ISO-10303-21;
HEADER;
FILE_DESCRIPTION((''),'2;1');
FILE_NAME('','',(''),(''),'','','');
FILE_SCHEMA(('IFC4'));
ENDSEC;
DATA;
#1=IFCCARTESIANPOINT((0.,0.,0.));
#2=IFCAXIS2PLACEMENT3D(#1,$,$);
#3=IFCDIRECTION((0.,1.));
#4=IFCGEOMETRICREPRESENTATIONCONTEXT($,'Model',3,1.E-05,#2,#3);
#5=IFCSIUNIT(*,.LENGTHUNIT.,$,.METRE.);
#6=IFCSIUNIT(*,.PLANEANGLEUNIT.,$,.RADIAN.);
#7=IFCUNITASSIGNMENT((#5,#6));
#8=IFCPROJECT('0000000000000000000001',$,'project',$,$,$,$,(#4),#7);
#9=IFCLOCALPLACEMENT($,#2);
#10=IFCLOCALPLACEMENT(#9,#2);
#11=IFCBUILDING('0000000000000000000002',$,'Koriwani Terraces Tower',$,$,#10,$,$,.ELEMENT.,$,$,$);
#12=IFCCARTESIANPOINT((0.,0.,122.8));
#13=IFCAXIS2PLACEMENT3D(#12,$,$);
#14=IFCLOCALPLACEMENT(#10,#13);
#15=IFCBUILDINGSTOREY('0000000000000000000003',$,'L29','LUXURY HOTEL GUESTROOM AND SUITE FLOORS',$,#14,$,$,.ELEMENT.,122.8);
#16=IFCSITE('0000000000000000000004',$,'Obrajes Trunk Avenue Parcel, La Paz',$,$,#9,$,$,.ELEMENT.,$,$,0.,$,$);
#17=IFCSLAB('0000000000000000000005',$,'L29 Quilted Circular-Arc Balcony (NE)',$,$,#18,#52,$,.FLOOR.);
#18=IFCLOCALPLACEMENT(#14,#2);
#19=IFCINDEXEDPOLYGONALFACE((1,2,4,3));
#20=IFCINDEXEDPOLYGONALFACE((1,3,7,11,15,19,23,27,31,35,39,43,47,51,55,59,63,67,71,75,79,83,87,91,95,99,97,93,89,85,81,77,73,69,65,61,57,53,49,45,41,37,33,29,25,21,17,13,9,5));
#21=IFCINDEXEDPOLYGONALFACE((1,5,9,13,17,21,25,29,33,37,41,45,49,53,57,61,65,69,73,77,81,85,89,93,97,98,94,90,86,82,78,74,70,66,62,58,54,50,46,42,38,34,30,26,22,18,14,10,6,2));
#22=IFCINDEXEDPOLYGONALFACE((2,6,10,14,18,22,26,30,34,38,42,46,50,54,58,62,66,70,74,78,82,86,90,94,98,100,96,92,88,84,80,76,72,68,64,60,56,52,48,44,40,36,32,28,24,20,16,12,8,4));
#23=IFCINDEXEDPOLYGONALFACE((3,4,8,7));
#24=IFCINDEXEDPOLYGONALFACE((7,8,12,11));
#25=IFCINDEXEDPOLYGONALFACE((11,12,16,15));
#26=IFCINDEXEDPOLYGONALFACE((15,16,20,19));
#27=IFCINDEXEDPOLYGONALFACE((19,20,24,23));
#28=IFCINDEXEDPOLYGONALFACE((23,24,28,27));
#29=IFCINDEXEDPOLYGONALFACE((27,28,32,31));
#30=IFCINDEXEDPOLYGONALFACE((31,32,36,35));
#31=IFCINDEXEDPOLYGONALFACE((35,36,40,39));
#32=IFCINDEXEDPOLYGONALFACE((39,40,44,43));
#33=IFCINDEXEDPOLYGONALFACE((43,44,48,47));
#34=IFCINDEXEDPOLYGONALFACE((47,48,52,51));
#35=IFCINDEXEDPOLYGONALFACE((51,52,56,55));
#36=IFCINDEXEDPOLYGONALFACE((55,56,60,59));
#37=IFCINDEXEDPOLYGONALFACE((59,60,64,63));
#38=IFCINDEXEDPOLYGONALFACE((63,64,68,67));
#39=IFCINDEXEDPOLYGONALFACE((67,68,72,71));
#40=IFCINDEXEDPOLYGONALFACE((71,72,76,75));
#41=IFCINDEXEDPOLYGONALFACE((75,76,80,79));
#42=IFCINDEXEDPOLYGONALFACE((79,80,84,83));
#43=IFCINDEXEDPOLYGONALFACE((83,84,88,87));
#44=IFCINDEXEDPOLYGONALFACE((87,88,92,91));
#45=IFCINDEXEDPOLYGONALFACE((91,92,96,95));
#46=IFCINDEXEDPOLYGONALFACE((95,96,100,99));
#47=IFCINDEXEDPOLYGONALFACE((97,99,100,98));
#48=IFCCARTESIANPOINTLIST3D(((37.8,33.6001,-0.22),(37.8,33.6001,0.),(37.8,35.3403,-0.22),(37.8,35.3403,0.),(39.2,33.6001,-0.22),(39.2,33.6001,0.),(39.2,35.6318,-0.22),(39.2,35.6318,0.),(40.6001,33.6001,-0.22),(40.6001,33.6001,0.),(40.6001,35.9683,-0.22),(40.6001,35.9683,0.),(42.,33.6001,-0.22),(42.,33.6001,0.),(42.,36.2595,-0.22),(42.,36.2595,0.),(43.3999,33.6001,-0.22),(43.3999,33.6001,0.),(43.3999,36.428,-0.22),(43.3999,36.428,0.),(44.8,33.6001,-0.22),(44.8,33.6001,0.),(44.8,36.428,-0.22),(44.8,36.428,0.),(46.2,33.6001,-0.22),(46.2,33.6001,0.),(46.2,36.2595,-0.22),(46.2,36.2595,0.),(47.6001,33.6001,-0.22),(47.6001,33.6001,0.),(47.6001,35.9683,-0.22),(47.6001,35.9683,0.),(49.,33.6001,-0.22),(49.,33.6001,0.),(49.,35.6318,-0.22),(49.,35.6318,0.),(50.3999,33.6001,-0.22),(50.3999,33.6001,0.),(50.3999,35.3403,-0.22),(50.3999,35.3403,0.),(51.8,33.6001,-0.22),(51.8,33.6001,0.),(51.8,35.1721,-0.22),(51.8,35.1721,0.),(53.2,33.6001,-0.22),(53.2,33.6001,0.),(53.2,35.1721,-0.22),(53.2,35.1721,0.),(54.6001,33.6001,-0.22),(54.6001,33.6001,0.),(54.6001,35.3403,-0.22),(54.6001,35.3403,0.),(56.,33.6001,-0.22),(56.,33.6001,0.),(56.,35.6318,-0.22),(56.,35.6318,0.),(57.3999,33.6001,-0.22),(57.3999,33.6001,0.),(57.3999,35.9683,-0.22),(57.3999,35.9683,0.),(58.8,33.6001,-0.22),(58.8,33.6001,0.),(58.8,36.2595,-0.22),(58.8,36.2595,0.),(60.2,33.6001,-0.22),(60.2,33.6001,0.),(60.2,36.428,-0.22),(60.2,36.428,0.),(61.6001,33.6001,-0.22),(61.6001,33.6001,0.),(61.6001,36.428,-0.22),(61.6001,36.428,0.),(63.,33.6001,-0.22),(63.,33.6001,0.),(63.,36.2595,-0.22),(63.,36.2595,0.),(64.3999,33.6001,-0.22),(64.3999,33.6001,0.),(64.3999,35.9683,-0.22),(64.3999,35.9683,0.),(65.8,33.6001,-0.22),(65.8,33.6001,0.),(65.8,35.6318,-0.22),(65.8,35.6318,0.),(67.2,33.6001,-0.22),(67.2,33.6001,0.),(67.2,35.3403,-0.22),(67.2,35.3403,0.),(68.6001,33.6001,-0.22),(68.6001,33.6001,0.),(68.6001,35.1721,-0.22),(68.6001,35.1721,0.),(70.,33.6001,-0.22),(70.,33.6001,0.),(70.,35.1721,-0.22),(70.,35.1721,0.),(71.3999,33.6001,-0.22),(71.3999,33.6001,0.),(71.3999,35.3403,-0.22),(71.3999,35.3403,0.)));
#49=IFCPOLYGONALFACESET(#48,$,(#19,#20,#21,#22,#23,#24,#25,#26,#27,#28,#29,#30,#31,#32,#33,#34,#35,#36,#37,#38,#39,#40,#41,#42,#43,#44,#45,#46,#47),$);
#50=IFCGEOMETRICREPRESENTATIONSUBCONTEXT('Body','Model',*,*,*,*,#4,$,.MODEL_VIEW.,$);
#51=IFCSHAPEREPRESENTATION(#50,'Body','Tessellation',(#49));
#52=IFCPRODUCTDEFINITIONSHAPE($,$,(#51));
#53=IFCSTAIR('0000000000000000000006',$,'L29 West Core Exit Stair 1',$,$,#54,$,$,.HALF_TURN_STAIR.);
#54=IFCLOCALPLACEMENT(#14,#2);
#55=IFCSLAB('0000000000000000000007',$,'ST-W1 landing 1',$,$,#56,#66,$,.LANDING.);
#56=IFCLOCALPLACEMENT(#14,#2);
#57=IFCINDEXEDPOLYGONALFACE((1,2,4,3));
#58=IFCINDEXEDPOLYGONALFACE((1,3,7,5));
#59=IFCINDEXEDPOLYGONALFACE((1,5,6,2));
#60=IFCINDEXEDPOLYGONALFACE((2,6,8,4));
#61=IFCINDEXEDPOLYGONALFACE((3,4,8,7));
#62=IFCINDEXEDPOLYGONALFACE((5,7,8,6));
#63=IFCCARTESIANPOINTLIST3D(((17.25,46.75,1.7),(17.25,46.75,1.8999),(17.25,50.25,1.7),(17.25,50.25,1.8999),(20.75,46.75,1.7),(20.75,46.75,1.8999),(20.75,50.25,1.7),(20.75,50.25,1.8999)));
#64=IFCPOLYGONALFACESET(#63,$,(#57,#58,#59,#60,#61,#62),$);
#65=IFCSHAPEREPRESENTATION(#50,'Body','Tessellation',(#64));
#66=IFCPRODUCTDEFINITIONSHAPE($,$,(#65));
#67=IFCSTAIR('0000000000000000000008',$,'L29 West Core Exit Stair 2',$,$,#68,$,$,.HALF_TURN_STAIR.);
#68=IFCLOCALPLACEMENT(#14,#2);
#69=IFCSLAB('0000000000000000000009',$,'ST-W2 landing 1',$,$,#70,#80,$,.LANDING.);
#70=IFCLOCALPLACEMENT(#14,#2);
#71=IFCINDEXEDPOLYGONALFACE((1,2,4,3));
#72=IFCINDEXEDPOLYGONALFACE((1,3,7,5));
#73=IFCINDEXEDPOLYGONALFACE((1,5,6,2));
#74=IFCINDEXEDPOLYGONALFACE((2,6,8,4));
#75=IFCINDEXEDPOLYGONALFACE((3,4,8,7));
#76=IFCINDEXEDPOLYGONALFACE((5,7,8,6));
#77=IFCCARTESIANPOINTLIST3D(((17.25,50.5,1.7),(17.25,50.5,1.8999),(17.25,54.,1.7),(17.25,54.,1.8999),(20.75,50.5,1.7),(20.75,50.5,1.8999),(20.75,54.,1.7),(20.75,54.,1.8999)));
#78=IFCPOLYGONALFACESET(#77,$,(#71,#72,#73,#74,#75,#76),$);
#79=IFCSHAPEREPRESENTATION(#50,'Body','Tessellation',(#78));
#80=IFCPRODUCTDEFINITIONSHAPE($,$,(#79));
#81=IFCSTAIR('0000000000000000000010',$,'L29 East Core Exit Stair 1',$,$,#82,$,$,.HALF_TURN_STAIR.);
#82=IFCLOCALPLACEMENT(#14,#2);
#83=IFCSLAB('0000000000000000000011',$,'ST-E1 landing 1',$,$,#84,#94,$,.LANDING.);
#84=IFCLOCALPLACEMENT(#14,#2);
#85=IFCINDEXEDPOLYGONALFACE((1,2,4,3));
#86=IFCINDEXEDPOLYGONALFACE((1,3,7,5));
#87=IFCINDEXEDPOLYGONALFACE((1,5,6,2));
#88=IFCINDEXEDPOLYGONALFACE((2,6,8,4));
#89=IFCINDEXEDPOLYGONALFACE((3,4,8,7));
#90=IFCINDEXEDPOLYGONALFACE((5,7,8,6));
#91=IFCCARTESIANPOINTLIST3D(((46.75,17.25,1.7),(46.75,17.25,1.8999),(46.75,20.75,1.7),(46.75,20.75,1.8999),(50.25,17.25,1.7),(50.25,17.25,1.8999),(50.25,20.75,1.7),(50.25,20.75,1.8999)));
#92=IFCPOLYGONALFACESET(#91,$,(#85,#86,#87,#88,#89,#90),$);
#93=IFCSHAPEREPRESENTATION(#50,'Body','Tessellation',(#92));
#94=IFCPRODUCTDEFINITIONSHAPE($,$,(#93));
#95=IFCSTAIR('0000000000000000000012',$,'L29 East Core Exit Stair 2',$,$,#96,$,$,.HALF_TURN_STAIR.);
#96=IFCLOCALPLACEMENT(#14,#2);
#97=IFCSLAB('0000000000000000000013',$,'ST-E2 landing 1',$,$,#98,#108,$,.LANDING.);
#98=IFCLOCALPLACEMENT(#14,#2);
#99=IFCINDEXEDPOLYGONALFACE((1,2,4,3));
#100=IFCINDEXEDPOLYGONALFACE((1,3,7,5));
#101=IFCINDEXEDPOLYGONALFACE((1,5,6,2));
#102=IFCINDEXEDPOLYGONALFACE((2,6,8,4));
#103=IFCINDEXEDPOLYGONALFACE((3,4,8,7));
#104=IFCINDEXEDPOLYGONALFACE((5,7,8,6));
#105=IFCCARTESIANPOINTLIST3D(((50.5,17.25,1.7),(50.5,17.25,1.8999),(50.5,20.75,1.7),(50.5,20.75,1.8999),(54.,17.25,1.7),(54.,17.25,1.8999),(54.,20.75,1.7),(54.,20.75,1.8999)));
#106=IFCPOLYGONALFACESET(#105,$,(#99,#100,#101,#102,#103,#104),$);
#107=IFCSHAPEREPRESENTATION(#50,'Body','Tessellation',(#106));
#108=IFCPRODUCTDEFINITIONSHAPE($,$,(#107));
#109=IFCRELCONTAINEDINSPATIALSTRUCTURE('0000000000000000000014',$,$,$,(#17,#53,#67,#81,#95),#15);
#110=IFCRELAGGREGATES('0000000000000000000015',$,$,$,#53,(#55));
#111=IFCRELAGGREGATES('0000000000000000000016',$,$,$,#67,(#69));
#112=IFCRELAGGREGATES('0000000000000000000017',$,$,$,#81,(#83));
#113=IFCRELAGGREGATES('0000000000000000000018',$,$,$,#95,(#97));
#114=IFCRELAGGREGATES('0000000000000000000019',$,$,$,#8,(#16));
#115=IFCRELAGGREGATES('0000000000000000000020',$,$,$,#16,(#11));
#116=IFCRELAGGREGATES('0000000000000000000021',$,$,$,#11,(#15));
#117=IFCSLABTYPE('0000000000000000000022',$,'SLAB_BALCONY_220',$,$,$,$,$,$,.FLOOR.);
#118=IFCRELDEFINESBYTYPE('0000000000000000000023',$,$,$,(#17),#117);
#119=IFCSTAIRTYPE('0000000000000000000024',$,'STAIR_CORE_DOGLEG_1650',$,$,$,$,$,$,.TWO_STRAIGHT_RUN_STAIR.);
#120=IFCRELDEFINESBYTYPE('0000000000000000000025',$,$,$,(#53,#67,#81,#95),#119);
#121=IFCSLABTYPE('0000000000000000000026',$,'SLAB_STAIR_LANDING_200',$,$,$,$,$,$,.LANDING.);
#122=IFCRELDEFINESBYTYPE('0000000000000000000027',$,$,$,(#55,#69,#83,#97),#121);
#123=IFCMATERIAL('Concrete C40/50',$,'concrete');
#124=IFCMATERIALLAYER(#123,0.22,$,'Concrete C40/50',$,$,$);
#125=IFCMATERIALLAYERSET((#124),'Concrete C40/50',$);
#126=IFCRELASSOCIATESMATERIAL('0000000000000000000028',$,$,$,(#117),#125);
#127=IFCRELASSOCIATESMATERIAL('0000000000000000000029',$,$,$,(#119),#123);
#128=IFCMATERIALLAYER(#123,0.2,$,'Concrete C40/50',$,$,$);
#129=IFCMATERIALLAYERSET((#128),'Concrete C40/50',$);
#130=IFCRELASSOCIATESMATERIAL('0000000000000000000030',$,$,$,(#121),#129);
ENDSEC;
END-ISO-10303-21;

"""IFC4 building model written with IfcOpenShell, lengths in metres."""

from ifc_helpers import new_model, si_unit, direction, frame, origin, place, context, subcontext, project, spatial, polyline, outline, extrude, material, layer, layer_set, type_object, element, aggregate, save


model = new_model("IFC4")

# Units and contexts
model_context = context("Model", 3, precision=1e-05, world=origin(), true_north=direction((0.0, 1.0)))
body_context = subcontext(model_context, "Body", "Model", "MODEL_VIEW")
ifc_project = project(units=[si_unit("LENGTHUNIT", "METRE"), si_unit("PLANEANGLEUNIT", "RADIAN")], contexts=[model_context])

# Site, building, storey
site_placement = place(None, origin())
site = spatial("IfcSite", under=ifc_project, at=site_placement, Name="Obrajes Trunk Avenue Parcel, La Paz", CompositionType="ELEMENT", RefElevation=0.0)
building_placement = place(site_placement, origin())
building = spatial("IfcBuilding", under=site, at=building_placement, Name="Koriwani Terraces Tower", CompositionType="ELEMENT")
storey_placement = place(building_placement, frame((0.0, 0.0, 122.8)))
storey = spatial("IfcBuildingStorey", under=building, at=storey_placement, Name="L29", Description="LUXURY HOTEL GUESTROOM AND SUITE FLOORS", CompositionType="ELEMENT", Elevation=122.8)

# Shared definitions
ifc_material_1 = material(Name="Concrete C40/50", Category="concrete")

# Slab
ifc_layer_1 = layer(ifc_material_1, 0.22, Name="Concrete C40/50")
ifc_layer_set_1 = layer_set([ifc_layer_1], Name="Concrete C40/50")
slab_type_1 = type_object("IfcSlabType", Name="SLAB_BALCONY_220", PredefinedType="FLOOR", material=ifc_layer_set_1)
slab_1_placement = place(storey_placement, frame((0.0, 0.0, -0.22)))
element("IfcSlab", 1, at=slab_1_placement, inside=storey, type_object=slab_type_1, Name="L29 Quilted Circular-Arc Balcony (NE)", PredefinedType="FLOOR", context=body_context, shape_type="SweptSolid", body=[
    extrude(outline(polyline([(71.3999, 33.6001), (70.0, 33.6001), (68.6001, 33.6001), (67.2, 33.6001), (65.8, 33.6001), (64.3999, 33.6001), (63.0, 33.6001), (61.6001, 33.6001), (60.2, 33.6001), (58.8, 33.6001), (57.3999, 33.6001), (56.0, 33.6001), (54.6001, 33.6001), (53.2, 33.6001), (51.8, 33.6001), (50.3999, 33.6001), (49.0, 33.6001), (47.6001, 33.6001), (46.2, 33.6001), (44.8, 33.6001), (43.3999, 33.6001), (42.0, 33.6001), (40.6001, 33.6001), (39.2, 33.6001), (37.8, 33.6001), (37.8, 35.3403), (39.2, 35.6318), (40.6001, 35.9683), (42.0, 36.2595), (43.3999, 36.428), (44.8, 36.428), (46.2, 36.2595), (47.6001, 35.9683), (49.0, 35.6318), (50.3999, 35.3403), (51.8, 35.1721), (53.2, 35.1721), (54.6001, 35.3403), (56.0, 35.6318), (57.3999, 35.9683), (58.8, 36.2595), (60.2, 36.428), (61.6001, 36.428), (63.0, 36.2595), (64.3999, 35.9683), (65.8, 35.6318), (67.2, 35.3403), (68.6001, 35.1721), (70.0, 35.1721), (71.3999, 35.3403), (71.3999, 33.6001)])), origin(), (0.0, 0.0, 1.0), 0.22),
])

# Stairs, slabs
stair_type = type_object("IfcStairType", Name="STAIR_CORE_DOGLEG_1650", PredefinedType="TWO_STRAIGHT_RUN_STAIR", material=ifc_material_1)
stair_1_placement = place(storey_placement, origin())
stair_1 = element("IfcStair", 2, at=stair_1_placement, inside=storey, type_object=stair_type, Name="L29 West Core Exit Stair 1", PredefinedType="HALF_TURN_STAIR")
ifc_layer_2 = layer(ifc_material_1, 0.2, Name="Concrete C40/50")
ifc_layer_set_2 = layer_set([ifc_layer_2], Name="Concrete C40/50")
slab_type_2 = type_object("IfcSlabType", Name="SLAB_STAIR_LANDING_200", PredefinedType="LANDING", material=ifc_layer_set_2)
slab_2_placement = place(storey_placement, frame((0.0, 0.0, 1.7)))
slab_2 = element("IfcSlab", 3, at=slab_2_placement, type_object=slab_type_2, Name="ST-W1 landing 1", PredefinedType="LANDING", context=body_context, shape_type="SweptSolid", body=[
    extrude(outline(polyline([(20.75, 46.75), (20.75, 50.25), (17.25, 50.25), (17.25, 46.75), (20.75, 46.75)])), origin(), (0.0, 0.0, 1.0), 0.2),
])
aggregate(stair_1, [slab_2])
stair_2_placement = place(storey_placement, origin())
stair_2 = element("IfcStair", 4, at=stair_2_placement, inside=storey, type_object=stair_type, Name="L29 West Core Exit Stair 2", PredefinedType="HALF_TURN_STAIR")
slab_3_placement = place(storey_placement, frame((0.0, 0.0, 1.7)))
slab_3 = element("IfcSlab", 5, at=slab_3_placement, type_object=slab_type_2, Name="ST-W2 landing 1", PredefinedType="LANDING", context=body_context, shape_type="SweptSolid", body=[
    extrude(outline(polyline([(17.25, 54.0), (17.25, 50.5), (20.75, 50.5), (20.75, 54.0), (17.25, 54.0)])), origin(), (0.0, 0.0, 1.0), 0.2),
])
aggregate(stair_2, [slab_3])
stair_3_placement = place(storey_placement, origin())
stair_3 = element("IfcStair", 6, at=stair_3_placement, inside=storey, type_object=stair_type, Name="L29 East Core Exit Stair 1", PredefinedType="HALF_TURN_STAIR")
slab_4_placement = place(storey_placement, frame((0.0, 0.0, 1.7)))
slab_4 = element("IfcSlab", 7, at=slab_4_placement, type_object=slab_type_2, Name="ST-E1 landing 1", PredefinedType="LANDING", context=body_context, shape_type="SweptSolid", body=[
    extrude(outline(polyline([(46.75, 17.25), (50.25, 17.25), (50.25, 20.75), (46.75, 20.75), (46.75, 17.25)])), origin(), (0.0, 0.0, 1.0), 0.2),
])
aggregate(stair_3, [slab_4])
stair_4_placement = place(storey_placement, origin())
stair_4 = element("IfcStair", 8, at=stair_4_placement, inside=storey, type_object=stair_type, Name="L29 East Core Exit Stair 2", PredefinedType="HALF_TURN_STAIR")
slab_5_placement = place(storey_placement, frame((0.0, 0.0, 1.7)))
slab_5 = element("IfcSlab", 9, at=slab_5_placement, type_object=slab_type_2, Name="ST-E2 landing 1", PredefinedType="LANDING", context=body_context, shape_type="SweptSolid", body=[
    extrude(outline(polyline([(54.0, 20.75), (50.5, 20.75), (50.5, 17.25), (54.0, 17.25), (54.0, 20.75)])), origin(), (0.0, 0.0, 1.0), 0.2),
])
aggregate(stair_4, [slab_5])

save(model, "model.ifc")
